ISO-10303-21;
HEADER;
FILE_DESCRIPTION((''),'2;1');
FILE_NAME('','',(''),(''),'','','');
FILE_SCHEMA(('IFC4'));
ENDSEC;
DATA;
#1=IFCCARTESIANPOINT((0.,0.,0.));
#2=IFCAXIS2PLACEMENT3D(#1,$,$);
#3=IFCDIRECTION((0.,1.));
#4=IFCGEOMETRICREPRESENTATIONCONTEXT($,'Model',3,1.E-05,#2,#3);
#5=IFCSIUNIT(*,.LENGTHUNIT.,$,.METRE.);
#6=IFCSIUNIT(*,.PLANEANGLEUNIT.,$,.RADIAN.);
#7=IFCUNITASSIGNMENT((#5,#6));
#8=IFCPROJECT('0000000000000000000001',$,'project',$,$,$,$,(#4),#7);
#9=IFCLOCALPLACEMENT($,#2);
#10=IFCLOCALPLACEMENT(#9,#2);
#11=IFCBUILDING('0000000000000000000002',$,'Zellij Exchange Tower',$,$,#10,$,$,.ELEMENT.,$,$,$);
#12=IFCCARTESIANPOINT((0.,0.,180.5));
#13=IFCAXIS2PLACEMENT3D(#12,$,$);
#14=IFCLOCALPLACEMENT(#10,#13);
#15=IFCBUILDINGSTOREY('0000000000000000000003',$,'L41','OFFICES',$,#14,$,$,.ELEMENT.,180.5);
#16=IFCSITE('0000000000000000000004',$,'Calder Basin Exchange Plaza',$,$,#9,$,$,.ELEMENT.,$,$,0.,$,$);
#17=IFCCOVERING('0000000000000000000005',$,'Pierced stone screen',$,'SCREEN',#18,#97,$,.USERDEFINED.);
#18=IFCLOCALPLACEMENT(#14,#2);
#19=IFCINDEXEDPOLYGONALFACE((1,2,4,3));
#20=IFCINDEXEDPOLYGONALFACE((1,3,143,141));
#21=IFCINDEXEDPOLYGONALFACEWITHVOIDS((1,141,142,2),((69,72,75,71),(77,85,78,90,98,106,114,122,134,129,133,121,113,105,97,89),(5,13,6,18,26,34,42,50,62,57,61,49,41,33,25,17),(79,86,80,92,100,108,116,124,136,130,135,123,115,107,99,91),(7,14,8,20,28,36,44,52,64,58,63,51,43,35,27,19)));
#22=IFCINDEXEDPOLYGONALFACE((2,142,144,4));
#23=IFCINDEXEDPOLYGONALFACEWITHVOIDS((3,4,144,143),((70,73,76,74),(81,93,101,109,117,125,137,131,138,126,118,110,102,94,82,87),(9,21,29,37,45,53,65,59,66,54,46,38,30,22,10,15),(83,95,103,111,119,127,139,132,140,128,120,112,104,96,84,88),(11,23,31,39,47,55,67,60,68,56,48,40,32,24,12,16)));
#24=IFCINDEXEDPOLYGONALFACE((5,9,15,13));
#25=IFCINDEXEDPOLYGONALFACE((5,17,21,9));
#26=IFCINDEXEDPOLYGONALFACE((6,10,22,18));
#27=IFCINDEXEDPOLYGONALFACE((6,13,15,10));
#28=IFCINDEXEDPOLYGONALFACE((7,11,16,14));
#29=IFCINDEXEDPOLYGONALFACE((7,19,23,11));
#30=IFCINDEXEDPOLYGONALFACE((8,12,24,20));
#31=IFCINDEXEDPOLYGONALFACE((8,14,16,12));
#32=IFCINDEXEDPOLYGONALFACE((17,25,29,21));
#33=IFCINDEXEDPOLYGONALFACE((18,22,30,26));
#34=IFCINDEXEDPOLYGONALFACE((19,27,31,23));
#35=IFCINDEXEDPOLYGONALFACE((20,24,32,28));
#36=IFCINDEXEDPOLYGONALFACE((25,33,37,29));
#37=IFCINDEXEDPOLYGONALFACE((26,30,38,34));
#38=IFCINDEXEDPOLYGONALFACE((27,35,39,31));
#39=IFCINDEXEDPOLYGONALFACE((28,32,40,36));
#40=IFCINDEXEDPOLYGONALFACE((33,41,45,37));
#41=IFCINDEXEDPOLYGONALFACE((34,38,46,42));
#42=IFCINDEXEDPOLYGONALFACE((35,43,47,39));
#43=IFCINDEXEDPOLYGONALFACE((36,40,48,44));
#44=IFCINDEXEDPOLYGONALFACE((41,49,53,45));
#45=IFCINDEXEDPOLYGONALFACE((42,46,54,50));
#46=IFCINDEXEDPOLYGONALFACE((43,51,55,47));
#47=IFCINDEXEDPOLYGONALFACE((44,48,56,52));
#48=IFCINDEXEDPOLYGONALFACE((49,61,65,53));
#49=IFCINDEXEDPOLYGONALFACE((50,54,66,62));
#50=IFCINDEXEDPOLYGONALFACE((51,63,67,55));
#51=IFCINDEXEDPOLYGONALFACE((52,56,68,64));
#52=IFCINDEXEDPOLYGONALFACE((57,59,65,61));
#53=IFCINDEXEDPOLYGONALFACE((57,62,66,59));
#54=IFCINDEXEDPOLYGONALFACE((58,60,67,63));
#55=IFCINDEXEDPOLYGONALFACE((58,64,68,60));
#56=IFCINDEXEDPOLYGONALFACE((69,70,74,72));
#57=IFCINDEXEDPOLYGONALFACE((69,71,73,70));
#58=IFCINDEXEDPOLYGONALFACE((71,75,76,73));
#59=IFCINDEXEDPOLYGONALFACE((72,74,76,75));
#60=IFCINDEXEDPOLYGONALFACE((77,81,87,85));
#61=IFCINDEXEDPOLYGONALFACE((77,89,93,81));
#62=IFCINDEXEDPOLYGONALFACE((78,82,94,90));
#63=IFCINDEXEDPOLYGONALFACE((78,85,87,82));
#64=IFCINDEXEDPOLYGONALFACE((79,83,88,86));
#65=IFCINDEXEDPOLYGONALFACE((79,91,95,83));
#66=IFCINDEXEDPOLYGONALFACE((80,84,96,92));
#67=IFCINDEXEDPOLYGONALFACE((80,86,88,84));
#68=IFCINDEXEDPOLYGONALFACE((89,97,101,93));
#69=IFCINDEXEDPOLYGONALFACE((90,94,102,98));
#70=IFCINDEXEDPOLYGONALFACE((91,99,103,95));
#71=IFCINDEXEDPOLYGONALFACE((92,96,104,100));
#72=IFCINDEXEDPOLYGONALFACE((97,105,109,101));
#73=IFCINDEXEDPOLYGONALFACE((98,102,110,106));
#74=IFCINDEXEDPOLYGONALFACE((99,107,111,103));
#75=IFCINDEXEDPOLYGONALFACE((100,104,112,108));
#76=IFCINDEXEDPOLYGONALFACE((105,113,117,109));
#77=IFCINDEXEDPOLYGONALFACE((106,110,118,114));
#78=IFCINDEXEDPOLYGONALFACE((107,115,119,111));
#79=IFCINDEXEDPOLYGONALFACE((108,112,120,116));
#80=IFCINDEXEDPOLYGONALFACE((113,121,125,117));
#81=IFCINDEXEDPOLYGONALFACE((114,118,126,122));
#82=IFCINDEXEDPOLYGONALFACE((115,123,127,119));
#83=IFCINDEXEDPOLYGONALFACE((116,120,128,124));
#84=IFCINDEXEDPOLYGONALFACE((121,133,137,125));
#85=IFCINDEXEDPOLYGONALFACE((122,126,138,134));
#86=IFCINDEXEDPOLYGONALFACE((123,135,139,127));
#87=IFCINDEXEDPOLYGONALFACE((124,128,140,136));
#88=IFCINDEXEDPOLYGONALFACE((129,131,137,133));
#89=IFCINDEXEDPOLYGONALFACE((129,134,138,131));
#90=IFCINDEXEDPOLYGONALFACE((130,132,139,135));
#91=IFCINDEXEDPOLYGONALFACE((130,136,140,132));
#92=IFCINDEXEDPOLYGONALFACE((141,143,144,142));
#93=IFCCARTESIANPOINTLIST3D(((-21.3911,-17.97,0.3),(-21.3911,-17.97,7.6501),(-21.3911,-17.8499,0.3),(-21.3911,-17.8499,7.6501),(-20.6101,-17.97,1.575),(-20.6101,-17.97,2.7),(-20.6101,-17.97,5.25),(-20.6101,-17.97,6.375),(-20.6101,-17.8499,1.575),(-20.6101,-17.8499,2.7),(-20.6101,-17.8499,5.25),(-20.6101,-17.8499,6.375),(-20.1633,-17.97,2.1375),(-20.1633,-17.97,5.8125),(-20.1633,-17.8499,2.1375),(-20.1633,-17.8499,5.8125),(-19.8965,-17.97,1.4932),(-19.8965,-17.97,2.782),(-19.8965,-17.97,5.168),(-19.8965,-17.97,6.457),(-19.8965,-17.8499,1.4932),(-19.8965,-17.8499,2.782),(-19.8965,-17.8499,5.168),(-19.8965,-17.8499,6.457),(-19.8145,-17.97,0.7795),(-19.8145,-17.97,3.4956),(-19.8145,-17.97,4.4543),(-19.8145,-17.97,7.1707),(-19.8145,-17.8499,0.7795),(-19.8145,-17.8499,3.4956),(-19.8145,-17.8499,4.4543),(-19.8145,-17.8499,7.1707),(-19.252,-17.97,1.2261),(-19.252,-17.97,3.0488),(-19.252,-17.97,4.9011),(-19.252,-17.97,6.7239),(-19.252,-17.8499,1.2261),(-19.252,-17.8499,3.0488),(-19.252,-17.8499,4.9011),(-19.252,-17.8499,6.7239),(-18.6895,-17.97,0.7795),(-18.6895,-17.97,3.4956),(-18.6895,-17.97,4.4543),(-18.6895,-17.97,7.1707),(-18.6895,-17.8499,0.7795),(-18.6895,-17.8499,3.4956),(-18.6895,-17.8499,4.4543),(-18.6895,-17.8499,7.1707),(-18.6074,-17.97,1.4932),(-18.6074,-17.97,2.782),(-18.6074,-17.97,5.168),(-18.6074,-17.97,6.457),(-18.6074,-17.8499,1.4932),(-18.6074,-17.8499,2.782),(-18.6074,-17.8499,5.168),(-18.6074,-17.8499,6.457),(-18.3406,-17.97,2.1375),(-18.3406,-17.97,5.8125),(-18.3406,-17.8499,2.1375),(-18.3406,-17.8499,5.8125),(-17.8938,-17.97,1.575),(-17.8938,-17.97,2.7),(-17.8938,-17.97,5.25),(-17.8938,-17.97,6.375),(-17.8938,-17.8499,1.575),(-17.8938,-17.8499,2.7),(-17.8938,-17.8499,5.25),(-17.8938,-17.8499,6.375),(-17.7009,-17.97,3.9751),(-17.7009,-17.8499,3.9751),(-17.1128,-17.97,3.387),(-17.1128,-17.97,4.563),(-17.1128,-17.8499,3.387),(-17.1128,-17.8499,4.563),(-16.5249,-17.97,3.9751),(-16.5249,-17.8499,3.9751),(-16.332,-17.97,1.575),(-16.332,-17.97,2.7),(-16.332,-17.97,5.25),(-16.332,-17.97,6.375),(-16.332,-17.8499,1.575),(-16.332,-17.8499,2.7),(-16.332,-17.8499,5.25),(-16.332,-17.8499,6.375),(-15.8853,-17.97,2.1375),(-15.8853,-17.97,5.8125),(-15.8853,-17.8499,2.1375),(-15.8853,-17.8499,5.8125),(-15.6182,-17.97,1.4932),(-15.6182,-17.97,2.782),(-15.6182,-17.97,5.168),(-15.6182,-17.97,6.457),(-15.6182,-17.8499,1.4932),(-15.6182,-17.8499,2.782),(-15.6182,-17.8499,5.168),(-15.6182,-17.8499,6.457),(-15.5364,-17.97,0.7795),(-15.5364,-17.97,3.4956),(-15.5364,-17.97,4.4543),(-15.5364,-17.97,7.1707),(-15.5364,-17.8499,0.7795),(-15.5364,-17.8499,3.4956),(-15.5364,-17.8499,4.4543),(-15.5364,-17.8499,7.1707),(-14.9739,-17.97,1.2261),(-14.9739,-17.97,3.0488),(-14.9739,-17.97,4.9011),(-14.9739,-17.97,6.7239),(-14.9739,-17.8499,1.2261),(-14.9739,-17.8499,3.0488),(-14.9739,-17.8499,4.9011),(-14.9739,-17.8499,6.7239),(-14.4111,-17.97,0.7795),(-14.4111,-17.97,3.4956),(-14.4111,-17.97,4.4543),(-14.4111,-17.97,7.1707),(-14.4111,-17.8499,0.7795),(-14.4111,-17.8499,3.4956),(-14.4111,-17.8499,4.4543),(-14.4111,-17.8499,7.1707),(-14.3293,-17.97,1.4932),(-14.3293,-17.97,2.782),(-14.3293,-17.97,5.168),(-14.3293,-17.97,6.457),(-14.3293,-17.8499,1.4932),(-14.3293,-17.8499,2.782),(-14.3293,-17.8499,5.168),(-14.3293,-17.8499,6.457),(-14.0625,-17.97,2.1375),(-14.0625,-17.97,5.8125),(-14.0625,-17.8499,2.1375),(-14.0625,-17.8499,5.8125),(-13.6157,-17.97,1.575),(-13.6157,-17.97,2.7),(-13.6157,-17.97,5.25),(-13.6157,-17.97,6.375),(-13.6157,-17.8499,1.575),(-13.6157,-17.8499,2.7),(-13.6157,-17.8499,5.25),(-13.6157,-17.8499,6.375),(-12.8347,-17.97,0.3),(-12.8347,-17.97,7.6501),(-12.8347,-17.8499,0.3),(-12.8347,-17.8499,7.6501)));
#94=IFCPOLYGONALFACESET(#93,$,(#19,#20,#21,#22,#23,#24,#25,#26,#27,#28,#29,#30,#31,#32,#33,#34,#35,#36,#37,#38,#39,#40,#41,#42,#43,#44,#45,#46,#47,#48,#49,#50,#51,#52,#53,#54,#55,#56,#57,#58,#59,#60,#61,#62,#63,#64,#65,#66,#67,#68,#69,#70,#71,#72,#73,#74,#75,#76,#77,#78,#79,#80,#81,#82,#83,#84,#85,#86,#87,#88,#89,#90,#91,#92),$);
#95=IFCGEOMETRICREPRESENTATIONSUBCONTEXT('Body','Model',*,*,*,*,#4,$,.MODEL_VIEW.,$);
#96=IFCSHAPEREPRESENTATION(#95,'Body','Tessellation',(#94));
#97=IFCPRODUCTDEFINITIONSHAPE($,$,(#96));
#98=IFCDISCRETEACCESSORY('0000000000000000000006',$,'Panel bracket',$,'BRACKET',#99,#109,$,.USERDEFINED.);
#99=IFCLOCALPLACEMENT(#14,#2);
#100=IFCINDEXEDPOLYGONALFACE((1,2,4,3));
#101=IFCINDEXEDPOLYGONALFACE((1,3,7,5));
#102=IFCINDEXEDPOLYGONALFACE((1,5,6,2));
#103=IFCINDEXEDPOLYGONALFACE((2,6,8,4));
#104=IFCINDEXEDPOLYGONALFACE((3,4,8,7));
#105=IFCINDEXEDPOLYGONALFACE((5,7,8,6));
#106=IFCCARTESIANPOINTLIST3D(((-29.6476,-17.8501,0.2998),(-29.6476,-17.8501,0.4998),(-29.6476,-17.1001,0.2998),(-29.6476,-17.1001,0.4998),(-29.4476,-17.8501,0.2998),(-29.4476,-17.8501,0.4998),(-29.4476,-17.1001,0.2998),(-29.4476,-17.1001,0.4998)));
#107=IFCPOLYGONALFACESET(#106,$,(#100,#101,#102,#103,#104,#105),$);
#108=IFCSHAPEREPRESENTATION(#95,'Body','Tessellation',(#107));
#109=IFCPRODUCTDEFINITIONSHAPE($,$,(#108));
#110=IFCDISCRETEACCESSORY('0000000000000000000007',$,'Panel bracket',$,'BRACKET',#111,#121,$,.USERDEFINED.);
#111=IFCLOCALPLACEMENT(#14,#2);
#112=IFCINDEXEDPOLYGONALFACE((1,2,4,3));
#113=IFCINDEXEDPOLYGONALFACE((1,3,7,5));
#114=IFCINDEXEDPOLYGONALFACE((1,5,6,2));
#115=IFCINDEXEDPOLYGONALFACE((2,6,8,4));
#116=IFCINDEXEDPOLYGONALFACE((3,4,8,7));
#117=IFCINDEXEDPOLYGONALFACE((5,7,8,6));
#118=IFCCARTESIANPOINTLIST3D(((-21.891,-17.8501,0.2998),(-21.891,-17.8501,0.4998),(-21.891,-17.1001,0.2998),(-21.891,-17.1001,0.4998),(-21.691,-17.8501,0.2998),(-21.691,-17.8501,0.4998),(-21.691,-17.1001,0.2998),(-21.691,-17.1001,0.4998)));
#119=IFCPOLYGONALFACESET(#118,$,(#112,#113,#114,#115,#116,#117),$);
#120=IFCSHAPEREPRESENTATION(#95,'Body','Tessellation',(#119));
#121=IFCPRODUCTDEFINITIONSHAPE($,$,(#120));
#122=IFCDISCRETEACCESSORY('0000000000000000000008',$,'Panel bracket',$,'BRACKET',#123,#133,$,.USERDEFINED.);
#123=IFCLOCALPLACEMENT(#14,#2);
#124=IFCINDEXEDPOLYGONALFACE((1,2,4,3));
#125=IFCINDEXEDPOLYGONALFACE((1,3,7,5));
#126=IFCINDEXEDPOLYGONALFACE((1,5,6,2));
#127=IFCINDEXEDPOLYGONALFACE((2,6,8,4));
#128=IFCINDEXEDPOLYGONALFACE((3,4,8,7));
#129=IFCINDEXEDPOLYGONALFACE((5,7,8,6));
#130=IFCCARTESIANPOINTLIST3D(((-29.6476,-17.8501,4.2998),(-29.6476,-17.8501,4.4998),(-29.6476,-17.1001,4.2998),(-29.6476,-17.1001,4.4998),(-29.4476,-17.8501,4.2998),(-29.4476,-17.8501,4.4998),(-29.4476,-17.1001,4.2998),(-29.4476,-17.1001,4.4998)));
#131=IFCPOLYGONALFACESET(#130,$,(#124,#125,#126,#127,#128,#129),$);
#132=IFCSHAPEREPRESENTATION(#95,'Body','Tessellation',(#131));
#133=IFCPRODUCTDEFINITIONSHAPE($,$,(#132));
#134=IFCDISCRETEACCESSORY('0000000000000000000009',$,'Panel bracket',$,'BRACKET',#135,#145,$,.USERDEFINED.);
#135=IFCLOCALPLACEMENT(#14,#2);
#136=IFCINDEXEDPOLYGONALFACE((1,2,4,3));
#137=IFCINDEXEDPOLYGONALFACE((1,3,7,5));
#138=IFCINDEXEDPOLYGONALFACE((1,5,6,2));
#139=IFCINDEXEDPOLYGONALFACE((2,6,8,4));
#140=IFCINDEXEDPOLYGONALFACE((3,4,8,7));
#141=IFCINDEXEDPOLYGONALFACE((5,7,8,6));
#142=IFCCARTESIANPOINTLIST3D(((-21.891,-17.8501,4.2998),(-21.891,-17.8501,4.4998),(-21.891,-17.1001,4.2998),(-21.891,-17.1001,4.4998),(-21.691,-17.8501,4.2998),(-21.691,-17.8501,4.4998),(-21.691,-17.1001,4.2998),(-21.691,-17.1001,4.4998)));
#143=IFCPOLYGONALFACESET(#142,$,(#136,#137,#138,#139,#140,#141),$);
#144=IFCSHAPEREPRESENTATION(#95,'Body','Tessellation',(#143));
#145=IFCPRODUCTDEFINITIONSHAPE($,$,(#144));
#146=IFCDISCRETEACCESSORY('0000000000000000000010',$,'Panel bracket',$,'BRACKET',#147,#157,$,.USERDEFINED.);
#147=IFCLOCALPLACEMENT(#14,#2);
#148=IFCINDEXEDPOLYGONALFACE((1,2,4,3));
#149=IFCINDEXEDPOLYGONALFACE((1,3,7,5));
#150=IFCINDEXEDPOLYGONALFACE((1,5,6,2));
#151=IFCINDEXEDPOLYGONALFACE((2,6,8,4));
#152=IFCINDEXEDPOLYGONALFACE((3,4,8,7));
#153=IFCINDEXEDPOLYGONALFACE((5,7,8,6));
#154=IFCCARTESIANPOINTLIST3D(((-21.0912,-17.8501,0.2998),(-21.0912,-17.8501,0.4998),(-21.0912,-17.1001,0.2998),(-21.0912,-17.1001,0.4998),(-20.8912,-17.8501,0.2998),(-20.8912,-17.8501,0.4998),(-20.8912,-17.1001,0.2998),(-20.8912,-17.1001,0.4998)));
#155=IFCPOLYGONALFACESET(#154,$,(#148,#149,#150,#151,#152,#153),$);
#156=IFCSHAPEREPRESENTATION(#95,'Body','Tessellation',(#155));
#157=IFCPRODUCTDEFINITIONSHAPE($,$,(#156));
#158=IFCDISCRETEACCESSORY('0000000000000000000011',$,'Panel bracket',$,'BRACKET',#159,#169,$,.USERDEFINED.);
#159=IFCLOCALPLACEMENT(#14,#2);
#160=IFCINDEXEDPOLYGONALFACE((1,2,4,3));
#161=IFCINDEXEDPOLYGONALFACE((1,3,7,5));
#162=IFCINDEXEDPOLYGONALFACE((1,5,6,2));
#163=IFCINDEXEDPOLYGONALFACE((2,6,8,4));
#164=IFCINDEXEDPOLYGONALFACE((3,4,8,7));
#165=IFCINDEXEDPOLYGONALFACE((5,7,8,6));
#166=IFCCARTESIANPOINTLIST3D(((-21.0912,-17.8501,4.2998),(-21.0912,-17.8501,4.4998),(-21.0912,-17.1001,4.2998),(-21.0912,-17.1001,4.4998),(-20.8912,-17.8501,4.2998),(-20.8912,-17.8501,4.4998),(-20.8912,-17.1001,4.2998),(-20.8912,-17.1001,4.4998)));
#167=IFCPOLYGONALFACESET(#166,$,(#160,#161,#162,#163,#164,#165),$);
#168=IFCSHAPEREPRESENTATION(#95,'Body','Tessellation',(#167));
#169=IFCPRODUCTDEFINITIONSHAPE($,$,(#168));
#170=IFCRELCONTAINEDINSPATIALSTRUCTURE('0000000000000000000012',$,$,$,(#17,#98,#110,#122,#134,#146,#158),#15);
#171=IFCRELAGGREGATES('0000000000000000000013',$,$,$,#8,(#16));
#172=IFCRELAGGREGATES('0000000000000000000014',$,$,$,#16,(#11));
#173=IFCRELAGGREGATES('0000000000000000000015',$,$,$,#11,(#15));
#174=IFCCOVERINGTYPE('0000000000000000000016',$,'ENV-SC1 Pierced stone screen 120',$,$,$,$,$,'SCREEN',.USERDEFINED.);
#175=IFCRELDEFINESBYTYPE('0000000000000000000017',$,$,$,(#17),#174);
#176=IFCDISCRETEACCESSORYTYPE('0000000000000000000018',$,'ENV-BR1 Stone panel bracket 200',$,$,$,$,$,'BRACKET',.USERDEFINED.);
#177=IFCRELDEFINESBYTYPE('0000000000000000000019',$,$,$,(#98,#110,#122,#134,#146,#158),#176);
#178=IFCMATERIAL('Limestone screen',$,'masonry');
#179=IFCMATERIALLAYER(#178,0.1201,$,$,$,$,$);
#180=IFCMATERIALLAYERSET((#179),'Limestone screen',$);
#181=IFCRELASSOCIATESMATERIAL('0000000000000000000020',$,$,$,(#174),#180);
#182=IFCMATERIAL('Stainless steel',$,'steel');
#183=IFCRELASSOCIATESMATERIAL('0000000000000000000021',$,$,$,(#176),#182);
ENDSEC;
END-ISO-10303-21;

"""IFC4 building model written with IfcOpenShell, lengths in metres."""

from ifc_helpers import new_model, si_unit, direction, frame, origin, origin_2d, place, context, subcontext, project, spatial, polyline, rectangle, outline, extrude, material, layer, layer_set, type_object, element, save


model = new_model("IFC4")

# Units and contexts
model_context = context("Model", 3, precision=1e-05, world=origin(), true_north=direction((0.0, 1.0)))
body_context = subcontext(model_context, "Body", "Model", "MODEL_VIEW")
ifc_project = project(units=[si_unit("LENGTHUNIT", "METRE"), si_unit("PLANEANGLEUNIT", "RADIAN")], contexts=[model_context])

# Site, building, storey
site_placement = place(None, origin())
site = spatial("IfcSite", under=ifc_project, at=site_placement, Name="Calder Basin Exchange Plaza", CompositionType="ELEMENT", RefElevation=0.0)
building_placement = place(site_placement, origin())
building = spatial("IfcBuilding", under=site, at=building_placement, Name="Zellij Exchange Tower", CompositionType="ELEMENT")
storey_placement = place(building_placement, frame((0.0, 0.0, 180.5)))
storey = spatial("IfcBuildingStorey", under=building, at=storey_placement, Name="L41", Description="OFFICES", CompositionType="ELEMENT", Elevation=180.5)

# Shared definitions
ifc_material_1 = material(Name="Stainless steel", Category="steel")

# Covering
ifc_material_2 = material(Name="Limestone screen", Category="masonry")
ifc_layer_1 = layer(ifc_material_2, 0.1201)
ifc_layer_set_1 = layer_set([ifc_layer_1], Name="Limestone screen")
covering_type = type_object("IfcCoveringType", Name="ENV-SC1 Pierced stone screen 120", ElementType="SCREEN", PredefinedType="USERDEFINED", material=ifc_layer_set_1)
covering_placement = place(storey_placement, frame((-21.3911, -17.9099, 0.3), z_axis=(0.0, 0.0, 1.0), x_axis=(1.0, 0.0, 0.0)))
element("IfcCovering", 1, at=covering_placement, inside=storey, type_object=covering_type, Name="Pierced stone screen", ObjectType="SCREEN", PredefinedType="USERDEFINED", context=body_context, shape_type="SweptSolid", body=[
    extrude(outline(polyline([(0.0, 0.0), (8.5564, 0.0), (8.5564, 7.3501), (0.0, 7.3501), (0.0, 0.0)]), holes=[polyline([(3.4973, 2.3999), (2.7837, 2.4819), (2.7017, 3.1956), (2.1392, 2.7488), (1.5767, 3.1956), (1.4946, 2.4819), (0.781, 2.3999), (1.2278, 1.8374), (0.781, 1.2749), (1.4946, 1.1931), (1.5767, 0.4795), (2.1392, 0.926), (2.7017, 0.4795), (2.7837, 1.1931), (3.4973, 1.2749), (3.0505, 1.8374), (3.4973, 2.3999)]), polyline([(3.4973, 6.075), (2.7837, 6.157), (2.7017, 6.8706), (2.1392, 6.4238), (1.5767, 6.8706), (1.4946, 6.157), (0.781, 6.075), (1.2278, 5.5125), (0.781, 4.95), (1.4946, 4.8679), (1.5767, 4.1543), (2.1392, 4.6011), (2.7017, 4.1543), (2.7837, 4.8679), (3.4973, 4.95), (3.0505, 5.5125), (3.4973, 6.075)]), polyline([(7.7754, 2.3999), (7.0618, 2.4819), (6.98, 3.1956), (6.4172, 2.7488), (5.8547, 3.1956), (5.7729, 2.4819), (5.0591, 2.3999), (5.5059, 1.8374), (5.0591, 1.2749), (5.7729, 1.1931), (5.8547, 0.4795), (6.4172, 0.926), (6.98, 0.4795), (7.0618, 1.1931), (7.7754, 1.2749), (7.3286, 1.8374), (7.7754, 2.3999)]), polyline([(7.7754, 6.075), (7.0618, 6.157), (6.98, 6.8706), (6.4172, 6.4238), (5.8547, 6.8706), (5.7729, 6.157), (5.0591, 6.075), (5.5059, 5.5125), (5.0591, 4.95), (5.7729, 4.8679), (5.8547, 4.1543), (6.4172, 4.6011), (6.98, 4.1543), (7.0618, 4.8679), (7.7754, 4.95), (7.3286, 5.5125), (7.7754, 6.075)]), polyline([(4.8662, 3.675), (4.2783, 4.2629), (3.6902, 3.675), (4.2783, 3.0869), (4.8662, 3.675)])]), frame((0.0, 0.0601, 0.0), z_axis=(0.0, -1.0, 0.0), x_axis=(1.0, 0.0, 0.0)), (0.0, 0.0, 1.0), 0.1201),
])

# Discrete accessories
discrete_accessory_type = type_object("IfcDiscreteAccessoryType", Name="ENV-BR1 Stone panel bracket 200", ElementType="BRACKET", PredefinedType="USERDEFINED", material=ifc_material_1)
for number, where, z_axis, x_axis, name in (
    (2, (-29.5476, -17.4751, 0.2998), (0.0, 0.0, 1.0), (1.0, 0.0, 0.0), "Panel bracket"),
    (3, (-21.791, -17.4751, 0.2998), (0.0, 0.0, 1.0), (1.0, 0.0, 0.0), "Panel bracket"),
    (4, (-29.5476, -17.4751, 4.2998), (0.0, 0.0, 1.0), (1.0, 0.0, 0.0), "Panel bracket"),
    (5, (-21.791, -17.4751, 4.2998), (0.0, 0.0, 1.0), (1.0, 0.0, 0.0), "Panel bracket"),
    (6, (-20.9912, -17.4751, 0.2998), (0.0, 0.0, 1.0), (1.0, 0.0, 0.0), "Panel bracket"),
    (7, (-20.9912, -17.4751, 4.2998), (0.0, 0.0, 1.0), (1.0, 0.0, 0.0), "Panel bracket"),
):
    element("IfcDiscreteAccessory", number, at=place(storey_placement, frame(where, z_axis=z_axis, x_axis=x_axis)), inside=storey, type_object=discrete_accessory_type, Name=name, ObjectType="BRACKET", PredefinedType="USERDEFINED", context=body_context, shape_type="SweptSolid", body=[
        extrude(rectangle(XDim=0.2, YDim=0.75, at=origin_2d()), origin(), (0.0, 0.0, 1.0), 0.2),
    ])

save(model, "model.ifc")
